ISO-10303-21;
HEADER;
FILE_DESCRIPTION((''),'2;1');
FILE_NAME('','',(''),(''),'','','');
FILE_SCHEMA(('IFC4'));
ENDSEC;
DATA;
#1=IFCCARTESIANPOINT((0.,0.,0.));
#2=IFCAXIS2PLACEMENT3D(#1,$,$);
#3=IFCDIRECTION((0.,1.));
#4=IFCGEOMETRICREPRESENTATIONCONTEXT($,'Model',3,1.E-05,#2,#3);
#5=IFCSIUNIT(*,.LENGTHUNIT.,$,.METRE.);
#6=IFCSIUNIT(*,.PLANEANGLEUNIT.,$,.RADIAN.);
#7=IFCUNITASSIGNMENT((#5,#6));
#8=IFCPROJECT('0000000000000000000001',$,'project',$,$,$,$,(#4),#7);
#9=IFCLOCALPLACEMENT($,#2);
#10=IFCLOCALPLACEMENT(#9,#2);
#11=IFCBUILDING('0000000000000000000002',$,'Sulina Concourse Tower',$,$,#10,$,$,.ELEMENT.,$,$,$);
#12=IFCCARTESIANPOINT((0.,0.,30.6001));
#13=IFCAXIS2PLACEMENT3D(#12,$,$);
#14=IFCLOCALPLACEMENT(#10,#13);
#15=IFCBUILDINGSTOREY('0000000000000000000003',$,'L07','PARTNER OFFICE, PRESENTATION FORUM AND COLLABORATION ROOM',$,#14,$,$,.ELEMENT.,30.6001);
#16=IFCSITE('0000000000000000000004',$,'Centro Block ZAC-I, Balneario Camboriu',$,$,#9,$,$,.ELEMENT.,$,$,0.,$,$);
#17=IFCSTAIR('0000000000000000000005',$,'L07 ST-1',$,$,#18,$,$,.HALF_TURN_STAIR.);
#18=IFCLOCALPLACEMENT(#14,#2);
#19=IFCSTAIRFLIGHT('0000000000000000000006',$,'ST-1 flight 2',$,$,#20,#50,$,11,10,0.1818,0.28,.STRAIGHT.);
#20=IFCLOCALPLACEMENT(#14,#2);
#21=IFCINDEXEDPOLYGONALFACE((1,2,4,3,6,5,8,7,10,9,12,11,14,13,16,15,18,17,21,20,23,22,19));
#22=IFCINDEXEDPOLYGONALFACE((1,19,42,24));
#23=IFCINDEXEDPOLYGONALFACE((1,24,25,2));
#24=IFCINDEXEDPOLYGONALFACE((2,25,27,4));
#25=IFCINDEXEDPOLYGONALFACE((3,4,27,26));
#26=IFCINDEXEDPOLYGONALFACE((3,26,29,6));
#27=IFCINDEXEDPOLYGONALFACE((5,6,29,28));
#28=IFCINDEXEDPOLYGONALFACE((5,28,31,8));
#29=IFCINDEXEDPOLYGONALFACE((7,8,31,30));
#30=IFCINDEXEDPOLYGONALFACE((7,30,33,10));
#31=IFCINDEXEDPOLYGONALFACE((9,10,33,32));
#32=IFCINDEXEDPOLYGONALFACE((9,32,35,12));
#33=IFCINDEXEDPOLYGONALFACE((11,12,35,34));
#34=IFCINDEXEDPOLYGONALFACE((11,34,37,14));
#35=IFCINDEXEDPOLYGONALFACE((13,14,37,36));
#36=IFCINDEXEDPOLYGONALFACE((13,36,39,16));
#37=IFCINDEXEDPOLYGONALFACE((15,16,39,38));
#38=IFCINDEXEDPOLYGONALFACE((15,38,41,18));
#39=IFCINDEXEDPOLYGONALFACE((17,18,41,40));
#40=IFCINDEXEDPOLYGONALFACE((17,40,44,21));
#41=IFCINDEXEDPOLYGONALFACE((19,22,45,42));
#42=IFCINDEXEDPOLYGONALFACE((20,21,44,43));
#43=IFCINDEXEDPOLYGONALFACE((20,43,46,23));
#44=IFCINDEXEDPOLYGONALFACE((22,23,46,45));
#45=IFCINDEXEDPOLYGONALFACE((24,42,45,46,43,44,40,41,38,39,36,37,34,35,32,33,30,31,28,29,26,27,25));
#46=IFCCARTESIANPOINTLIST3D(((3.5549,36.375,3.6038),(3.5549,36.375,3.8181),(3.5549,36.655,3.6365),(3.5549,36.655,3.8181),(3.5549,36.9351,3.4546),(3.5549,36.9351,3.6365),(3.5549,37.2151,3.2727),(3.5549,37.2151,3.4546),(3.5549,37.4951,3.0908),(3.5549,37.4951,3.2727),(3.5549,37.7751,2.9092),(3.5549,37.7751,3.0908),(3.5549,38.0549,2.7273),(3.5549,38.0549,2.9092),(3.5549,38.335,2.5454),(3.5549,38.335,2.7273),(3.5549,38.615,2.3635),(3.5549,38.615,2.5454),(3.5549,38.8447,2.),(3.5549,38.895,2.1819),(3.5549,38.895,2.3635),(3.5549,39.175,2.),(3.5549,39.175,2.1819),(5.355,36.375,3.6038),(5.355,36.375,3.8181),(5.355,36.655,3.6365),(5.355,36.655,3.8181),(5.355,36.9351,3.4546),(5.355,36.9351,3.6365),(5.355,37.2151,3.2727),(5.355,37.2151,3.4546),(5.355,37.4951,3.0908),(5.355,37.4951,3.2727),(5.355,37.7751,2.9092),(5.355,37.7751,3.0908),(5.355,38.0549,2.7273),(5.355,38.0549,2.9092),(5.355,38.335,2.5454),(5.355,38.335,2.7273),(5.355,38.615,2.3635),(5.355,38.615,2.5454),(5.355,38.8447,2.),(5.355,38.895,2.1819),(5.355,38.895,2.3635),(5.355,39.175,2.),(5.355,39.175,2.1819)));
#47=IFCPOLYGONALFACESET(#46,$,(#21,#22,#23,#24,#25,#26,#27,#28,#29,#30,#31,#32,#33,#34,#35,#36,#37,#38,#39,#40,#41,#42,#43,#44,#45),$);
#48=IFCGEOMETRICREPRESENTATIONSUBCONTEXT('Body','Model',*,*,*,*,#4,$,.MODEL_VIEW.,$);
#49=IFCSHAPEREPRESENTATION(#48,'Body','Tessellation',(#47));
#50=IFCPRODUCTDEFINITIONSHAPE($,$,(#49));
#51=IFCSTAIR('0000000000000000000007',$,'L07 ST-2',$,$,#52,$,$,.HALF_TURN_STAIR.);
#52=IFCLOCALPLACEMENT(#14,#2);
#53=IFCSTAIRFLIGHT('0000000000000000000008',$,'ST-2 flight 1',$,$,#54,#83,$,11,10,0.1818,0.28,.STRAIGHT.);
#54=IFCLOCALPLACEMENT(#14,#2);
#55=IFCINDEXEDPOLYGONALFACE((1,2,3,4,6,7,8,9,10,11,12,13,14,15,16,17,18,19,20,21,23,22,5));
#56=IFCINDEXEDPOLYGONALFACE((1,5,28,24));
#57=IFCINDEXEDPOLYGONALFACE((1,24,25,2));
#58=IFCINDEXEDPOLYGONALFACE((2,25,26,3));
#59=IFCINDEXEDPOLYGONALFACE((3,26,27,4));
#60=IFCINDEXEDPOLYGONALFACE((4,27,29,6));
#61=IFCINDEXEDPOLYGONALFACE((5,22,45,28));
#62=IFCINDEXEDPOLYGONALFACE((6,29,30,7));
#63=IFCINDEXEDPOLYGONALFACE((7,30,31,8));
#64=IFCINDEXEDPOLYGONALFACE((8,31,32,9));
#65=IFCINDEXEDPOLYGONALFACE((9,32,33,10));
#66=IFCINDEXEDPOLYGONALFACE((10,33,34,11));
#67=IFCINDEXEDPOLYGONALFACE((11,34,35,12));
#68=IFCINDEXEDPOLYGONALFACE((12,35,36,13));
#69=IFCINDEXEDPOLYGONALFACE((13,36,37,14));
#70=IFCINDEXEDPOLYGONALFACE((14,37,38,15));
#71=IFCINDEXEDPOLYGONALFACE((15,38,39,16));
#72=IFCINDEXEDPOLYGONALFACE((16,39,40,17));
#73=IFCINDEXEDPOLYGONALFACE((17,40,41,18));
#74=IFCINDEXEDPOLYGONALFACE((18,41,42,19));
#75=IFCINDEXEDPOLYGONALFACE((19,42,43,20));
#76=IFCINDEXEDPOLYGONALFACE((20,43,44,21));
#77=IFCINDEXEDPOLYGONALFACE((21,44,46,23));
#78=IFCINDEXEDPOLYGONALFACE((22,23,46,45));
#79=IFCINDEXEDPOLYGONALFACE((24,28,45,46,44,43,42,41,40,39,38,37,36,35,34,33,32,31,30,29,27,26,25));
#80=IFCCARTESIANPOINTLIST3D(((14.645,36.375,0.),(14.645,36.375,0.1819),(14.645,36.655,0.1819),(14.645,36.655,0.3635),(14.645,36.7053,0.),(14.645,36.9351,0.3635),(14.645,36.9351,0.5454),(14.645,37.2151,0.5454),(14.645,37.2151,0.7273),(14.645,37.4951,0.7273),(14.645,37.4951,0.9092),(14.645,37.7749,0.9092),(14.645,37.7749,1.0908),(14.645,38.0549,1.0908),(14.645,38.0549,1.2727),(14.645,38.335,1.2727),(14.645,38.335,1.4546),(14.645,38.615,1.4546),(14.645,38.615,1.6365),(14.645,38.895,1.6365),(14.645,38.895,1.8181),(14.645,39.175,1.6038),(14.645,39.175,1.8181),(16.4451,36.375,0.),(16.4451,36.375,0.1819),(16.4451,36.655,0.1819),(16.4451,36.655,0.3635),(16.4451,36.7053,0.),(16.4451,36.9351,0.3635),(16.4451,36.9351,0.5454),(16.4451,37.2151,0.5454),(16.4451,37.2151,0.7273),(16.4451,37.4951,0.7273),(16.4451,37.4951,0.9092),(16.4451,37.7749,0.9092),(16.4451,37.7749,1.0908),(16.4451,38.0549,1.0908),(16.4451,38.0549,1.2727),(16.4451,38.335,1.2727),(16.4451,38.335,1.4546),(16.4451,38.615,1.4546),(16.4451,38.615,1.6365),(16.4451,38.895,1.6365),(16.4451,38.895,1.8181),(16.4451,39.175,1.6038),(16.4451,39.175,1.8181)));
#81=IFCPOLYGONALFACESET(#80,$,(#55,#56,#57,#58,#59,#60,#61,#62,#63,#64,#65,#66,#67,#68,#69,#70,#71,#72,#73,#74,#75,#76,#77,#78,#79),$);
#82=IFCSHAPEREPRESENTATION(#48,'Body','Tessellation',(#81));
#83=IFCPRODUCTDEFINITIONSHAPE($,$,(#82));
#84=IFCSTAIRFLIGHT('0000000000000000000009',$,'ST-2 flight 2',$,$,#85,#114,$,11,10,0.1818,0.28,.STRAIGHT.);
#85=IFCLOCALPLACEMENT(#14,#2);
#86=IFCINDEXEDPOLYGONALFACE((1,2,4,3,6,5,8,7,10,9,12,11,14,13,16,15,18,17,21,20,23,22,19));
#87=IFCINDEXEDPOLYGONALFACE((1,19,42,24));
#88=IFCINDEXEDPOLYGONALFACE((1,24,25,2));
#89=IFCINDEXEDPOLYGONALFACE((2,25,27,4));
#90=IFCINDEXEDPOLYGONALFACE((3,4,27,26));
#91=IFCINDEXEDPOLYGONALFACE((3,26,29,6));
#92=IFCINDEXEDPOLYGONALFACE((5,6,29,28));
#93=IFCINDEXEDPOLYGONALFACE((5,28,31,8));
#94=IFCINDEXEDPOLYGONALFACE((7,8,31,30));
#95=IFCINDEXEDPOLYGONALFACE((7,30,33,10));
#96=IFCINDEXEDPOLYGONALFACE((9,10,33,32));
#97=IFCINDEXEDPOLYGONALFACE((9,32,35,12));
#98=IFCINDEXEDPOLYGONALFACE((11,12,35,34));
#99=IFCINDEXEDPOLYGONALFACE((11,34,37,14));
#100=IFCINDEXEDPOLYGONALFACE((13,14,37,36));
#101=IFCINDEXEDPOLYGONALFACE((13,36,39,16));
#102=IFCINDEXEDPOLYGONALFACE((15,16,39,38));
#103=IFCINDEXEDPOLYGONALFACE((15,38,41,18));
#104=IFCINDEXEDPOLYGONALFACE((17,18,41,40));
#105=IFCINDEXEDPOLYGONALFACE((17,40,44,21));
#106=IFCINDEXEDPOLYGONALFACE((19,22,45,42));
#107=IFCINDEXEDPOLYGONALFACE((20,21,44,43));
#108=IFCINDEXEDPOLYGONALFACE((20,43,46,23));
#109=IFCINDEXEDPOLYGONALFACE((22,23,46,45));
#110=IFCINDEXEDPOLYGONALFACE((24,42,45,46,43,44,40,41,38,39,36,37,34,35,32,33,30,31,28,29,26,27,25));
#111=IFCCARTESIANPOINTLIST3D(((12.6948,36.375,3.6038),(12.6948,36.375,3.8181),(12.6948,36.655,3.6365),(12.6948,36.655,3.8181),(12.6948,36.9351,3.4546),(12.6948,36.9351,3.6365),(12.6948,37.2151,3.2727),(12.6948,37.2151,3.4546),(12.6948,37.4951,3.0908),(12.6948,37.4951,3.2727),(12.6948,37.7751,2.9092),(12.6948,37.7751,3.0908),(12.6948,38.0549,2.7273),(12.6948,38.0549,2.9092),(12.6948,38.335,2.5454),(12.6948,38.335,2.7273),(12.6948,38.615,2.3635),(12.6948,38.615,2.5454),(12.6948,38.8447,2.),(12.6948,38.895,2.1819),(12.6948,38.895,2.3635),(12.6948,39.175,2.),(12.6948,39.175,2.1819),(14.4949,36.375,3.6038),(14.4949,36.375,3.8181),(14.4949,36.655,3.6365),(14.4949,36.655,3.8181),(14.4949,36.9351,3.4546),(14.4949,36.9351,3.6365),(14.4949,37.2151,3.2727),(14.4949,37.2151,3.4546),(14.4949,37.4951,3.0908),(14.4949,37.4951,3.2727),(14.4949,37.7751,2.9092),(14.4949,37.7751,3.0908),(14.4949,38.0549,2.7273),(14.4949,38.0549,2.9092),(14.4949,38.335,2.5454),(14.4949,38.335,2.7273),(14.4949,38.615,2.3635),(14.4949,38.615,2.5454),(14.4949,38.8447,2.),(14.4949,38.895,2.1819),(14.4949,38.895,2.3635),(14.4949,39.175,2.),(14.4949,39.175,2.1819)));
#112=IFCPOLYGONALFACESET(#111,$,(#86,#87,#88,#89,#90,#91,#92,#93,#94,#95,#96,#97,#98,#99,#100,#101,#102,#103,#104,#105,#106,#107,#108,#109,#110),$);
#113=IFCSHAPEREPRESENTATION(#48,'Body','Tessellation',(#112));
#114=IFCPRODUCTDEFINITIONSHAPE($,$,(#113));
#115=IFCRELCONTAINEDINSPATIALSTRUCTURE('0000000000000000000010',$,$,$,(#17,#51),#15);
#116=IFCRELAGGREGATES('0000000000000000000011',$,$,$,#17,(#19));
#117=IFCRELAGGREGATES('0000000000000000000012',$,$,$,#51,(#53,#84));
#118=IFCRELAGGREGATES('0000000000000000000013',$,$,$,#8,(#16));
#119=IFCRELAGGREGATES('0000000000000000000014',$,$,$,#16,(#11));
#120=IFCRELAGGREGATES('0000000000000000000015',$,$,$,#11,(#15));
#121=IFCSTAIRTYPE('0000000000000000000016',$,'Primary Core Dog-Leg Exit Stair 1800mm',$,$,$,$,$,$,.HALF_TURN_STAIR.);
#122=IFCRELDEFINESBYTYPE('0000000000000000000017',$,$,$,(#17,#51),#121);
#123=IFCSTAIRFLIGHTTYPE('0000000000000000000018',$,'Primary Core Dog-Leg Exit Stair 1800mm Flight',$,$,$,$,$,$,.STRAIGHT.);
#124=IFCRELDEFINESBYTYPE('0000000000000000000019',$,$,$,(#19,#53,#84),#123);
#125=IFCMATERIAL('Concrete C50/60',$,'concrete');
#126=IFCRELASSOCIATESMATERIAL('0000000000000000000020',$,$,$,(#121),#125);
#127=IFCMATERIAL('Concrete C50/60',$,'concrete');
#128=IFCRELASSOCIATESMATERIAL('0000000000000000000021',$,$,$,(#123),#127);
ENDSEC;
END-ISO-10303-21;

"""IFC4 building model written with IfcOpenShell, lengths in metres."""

from ifc_helpers import new_model, si_unit, direction, frame, origin, place, context, subcontext, project, spatial, polyline, outline, extrude, material, type_object, element, aggregate, save


model = new_model("IFC4")

# Units and contexts
model_context = context("Model", 3, precision=1e-05, world=origin(), true_north=direction((0.0, 1.0)))
body_context = subcontext(model_context, "Body", "Model", "MODEL_VIEW")
ifc_project = project(units=[si_unit("LENGTHUNIT", "METRE"), si_unit("PLANEANGLEUNIT", "RADIAN")], contexts=[model_context])

# Site, building, storey
site_placement = place(None, origin())
site = spatial("IfcSite", under=ifc_project, at=site_placement, Name="Centro Block ZAC-I, Balneario Camboriu", CompositionType="ELEMENT", RefElevation=0.0)
building_placement = place(site_placement, origin())
building = spatial("IfcBuilding", under=site, at=building_placement, Name="Sulina Concourse Tower", CompositionType="ELEMENT")
storey_placement = place(building_placement, frame((0.0, 0.0, 30.6001)))
storey = spatial("IfcBuildingStorey", under=building, at=storey_placement, Name="L07", Description="PARTNER OFFICE, PRESENTATION FORUM AND COLLABORATION ROOM", CompositionType="ELEMENT", Elevation=30.6001)

# Stairs, stair flights
ifc_material_1 = material(Name="Concrete C50/60", Category="concrete")
stair_type = type_object("IfcStairType", Name="Primary Core Dog-Leg Exit Stair 1800mm", PredefinedType="HALF_TURN_STAIR", material=ifc_material_1)
stair_1_placement = place(storey_placement, origin())
stair_1 = element("IfcStair", 1, at=stair_1_placement, inside=storey, type_object=stair_type, Name="L07 ST-1", PredefinedType="HALF_TURN_STAIR")
ifc_material_2 = material(Name="Concrete C50/60", Category="concrete")
stair_flight_type = type_object("IfcStairFlightType", Name="Primary Core Dog-Leg Exit Stair 1800mm Flight", PredefinedType="STRAIGHT", material=ifc_material_2)
stair_flight_1_placement = place(storey_placement, frame((4.4551, 39.175, 2.0), z_axis=(0.0, 0.0, 1.0), x_axis=(0.0, -1.0, 0.0)))
stair_flight_1 = element("IfcStairFlight", 2, at=stair_flight_1_placement, type_object=stair_flight_type, Name="ST-1 flight 2", NumberOfRisers=11, NumberOfTreads=10, PredefinedType="STRAIGHT", RiserHeight=0.1818, TreadLength=0.28, context=body_context, shape_type="SweptSolid", body=[
    extrude(outline(polyline([(0.0, 0.0), (0.0, 0.1819), (0.28, 0.1819), (0.28, 0.3635), (0.5601, 0.3635), (0.5601, 0.5454), (0.8401, 0.5454), (0.8401, 0.7273), (1.1201, 0.7273), (1.1201, 0.9092), (1.3999, 0.9092), (1.3999, 1.0908), (1.6799, 1.0908), (1.6799, 1.2727), (1.96, 1.2727), (1.96, 1.4546), (2.24, 1.4546), (2.24, 1.6365), (2.52, 1.6365), (2.52, 1.8181), (2.8, 1.8181), (2.8, 2.0), (2.8, 1.6038), (0.3303, 0.0), (0.0, 0.0)])), frame((0.0, 0.8999, 0.0), z_axis=(0.0, -1.0, 0.0), x_axis=(1.0, 0.0, 0.0)), (0.0, 0.0, 1.0), 1.8),
])
aggregate(stair_1, [stair_flight_1])
stair_2_placement = place(storey_placement, origin())
stair_2 = element("IfcStair", 3, at=stair_2_placement, inside=storey, type_object=stair_type, Name="L07 ST-2", PredefinedType="HALF_TURN_STAIR")
stair_flight_2_placement = place(storey_placement, frame((15.5449, 36.375, 0.0), z_axis=(0.0, 0.0, 1.0), x_axis=(0.0, 1.0, 0.0)))
stair_flight_2 = element("IfcStairFlight", 4, at=stair_flight_2_placement, type_object=stair_flight_type, Name="ST-2 flight 1", NumberOfRisers=11, NumberOfTreads=10, PredefinedType="STRAIGHT", RiserHeight=0.1818, TreadLength=0.28, context=body_context, shape_type="SweptSolid", body=[
    extrude(outline(polyline([(0.0, 0.0), (0.0, 0.1819), (0.28, 0.1819), (0.28, 0.3635), (0.5601, 0.3635), (0.5601, 0.5454), (0.8401, 0.5454), (0.8401, 0.7273), (1.1201, 0.7273), (1.1201, 0.9092), (1.3999, 0.9092), (1.3999, 1.0908), (1.6799, 1.0908), (1.6799, 1.2727), (1.96, 1.2727), (1.96, 1.4546), (2.24, 1.4546), (2.24, 1.6365), (2.52, 1.6365), (2.52, 1.8181), (2.8, 1.8181), (2.8, 2.0), (2.8, 1.6038), (0.3303, 0.0), (0.0, 0.0)])), frame((0.0, 0.8999, 0.0), z_axis=(0.0, -1.0, 0.0), x_axis=(1.0, 0.0, 0.0)), (0.0, 0.0, 1.0), 1.8),
])
stair_flight_3_placement = place(storey_placement, frame((13.595, 39.175, 2.0), z_axis=(0.0, 0.0, 1.0), x_axis=(0.0, -1.0, 0.0)))
stair_flight_3 = element("IfcStairFlight", 5, at=stair_flight_3_placement, type_object=stair_flight_type, Name="ST-2 flight 2", NumberOfRisers=11, NumberOfTreads=10, PredefinedType="STRAIGHT", RiserHeight=0.1818, TreadLength=0.28, context=body_context, shape_type="SweptSolid", body=[
    extrude(outline(polyline([(0.0, 0.0), (0.0, 0.1819), (0.28, 0.1819), (0.28, 0.3635), (0.5601, 0.3635), (0.5601, 0.5454), (0.8401, 0.5454), (0.8401, 0.7273), (1.1201, 0.7273), (1.1201, 0.9092), (1.3999, 0.9092), (1.3999, 1.0908), (1.6799, 1.0908), (1.6799, 1.2727), (1.96, 1.2727), (1.96, 1.4546), (2.24, 1.4546), (2.24, 1.6365), (2.52, 1.6365), (2.52, 1.8181), (2.8, 1.8181), (2.8, 2.0), (2.8, 1.6038), (0.3303, 0.0), (0.0, 0.0)])), frame((0.0, 0.8999, 0.0), z_axis=(0.0, -1.0, 0.0), x_axis=(1.0, 0.0, 0.0)), (0.0, 0.0, 1.0), 1.8),
])
aggregate(stair_2, [stair_flight_2, stair_flight_3])

save(model, "model.ifc")
